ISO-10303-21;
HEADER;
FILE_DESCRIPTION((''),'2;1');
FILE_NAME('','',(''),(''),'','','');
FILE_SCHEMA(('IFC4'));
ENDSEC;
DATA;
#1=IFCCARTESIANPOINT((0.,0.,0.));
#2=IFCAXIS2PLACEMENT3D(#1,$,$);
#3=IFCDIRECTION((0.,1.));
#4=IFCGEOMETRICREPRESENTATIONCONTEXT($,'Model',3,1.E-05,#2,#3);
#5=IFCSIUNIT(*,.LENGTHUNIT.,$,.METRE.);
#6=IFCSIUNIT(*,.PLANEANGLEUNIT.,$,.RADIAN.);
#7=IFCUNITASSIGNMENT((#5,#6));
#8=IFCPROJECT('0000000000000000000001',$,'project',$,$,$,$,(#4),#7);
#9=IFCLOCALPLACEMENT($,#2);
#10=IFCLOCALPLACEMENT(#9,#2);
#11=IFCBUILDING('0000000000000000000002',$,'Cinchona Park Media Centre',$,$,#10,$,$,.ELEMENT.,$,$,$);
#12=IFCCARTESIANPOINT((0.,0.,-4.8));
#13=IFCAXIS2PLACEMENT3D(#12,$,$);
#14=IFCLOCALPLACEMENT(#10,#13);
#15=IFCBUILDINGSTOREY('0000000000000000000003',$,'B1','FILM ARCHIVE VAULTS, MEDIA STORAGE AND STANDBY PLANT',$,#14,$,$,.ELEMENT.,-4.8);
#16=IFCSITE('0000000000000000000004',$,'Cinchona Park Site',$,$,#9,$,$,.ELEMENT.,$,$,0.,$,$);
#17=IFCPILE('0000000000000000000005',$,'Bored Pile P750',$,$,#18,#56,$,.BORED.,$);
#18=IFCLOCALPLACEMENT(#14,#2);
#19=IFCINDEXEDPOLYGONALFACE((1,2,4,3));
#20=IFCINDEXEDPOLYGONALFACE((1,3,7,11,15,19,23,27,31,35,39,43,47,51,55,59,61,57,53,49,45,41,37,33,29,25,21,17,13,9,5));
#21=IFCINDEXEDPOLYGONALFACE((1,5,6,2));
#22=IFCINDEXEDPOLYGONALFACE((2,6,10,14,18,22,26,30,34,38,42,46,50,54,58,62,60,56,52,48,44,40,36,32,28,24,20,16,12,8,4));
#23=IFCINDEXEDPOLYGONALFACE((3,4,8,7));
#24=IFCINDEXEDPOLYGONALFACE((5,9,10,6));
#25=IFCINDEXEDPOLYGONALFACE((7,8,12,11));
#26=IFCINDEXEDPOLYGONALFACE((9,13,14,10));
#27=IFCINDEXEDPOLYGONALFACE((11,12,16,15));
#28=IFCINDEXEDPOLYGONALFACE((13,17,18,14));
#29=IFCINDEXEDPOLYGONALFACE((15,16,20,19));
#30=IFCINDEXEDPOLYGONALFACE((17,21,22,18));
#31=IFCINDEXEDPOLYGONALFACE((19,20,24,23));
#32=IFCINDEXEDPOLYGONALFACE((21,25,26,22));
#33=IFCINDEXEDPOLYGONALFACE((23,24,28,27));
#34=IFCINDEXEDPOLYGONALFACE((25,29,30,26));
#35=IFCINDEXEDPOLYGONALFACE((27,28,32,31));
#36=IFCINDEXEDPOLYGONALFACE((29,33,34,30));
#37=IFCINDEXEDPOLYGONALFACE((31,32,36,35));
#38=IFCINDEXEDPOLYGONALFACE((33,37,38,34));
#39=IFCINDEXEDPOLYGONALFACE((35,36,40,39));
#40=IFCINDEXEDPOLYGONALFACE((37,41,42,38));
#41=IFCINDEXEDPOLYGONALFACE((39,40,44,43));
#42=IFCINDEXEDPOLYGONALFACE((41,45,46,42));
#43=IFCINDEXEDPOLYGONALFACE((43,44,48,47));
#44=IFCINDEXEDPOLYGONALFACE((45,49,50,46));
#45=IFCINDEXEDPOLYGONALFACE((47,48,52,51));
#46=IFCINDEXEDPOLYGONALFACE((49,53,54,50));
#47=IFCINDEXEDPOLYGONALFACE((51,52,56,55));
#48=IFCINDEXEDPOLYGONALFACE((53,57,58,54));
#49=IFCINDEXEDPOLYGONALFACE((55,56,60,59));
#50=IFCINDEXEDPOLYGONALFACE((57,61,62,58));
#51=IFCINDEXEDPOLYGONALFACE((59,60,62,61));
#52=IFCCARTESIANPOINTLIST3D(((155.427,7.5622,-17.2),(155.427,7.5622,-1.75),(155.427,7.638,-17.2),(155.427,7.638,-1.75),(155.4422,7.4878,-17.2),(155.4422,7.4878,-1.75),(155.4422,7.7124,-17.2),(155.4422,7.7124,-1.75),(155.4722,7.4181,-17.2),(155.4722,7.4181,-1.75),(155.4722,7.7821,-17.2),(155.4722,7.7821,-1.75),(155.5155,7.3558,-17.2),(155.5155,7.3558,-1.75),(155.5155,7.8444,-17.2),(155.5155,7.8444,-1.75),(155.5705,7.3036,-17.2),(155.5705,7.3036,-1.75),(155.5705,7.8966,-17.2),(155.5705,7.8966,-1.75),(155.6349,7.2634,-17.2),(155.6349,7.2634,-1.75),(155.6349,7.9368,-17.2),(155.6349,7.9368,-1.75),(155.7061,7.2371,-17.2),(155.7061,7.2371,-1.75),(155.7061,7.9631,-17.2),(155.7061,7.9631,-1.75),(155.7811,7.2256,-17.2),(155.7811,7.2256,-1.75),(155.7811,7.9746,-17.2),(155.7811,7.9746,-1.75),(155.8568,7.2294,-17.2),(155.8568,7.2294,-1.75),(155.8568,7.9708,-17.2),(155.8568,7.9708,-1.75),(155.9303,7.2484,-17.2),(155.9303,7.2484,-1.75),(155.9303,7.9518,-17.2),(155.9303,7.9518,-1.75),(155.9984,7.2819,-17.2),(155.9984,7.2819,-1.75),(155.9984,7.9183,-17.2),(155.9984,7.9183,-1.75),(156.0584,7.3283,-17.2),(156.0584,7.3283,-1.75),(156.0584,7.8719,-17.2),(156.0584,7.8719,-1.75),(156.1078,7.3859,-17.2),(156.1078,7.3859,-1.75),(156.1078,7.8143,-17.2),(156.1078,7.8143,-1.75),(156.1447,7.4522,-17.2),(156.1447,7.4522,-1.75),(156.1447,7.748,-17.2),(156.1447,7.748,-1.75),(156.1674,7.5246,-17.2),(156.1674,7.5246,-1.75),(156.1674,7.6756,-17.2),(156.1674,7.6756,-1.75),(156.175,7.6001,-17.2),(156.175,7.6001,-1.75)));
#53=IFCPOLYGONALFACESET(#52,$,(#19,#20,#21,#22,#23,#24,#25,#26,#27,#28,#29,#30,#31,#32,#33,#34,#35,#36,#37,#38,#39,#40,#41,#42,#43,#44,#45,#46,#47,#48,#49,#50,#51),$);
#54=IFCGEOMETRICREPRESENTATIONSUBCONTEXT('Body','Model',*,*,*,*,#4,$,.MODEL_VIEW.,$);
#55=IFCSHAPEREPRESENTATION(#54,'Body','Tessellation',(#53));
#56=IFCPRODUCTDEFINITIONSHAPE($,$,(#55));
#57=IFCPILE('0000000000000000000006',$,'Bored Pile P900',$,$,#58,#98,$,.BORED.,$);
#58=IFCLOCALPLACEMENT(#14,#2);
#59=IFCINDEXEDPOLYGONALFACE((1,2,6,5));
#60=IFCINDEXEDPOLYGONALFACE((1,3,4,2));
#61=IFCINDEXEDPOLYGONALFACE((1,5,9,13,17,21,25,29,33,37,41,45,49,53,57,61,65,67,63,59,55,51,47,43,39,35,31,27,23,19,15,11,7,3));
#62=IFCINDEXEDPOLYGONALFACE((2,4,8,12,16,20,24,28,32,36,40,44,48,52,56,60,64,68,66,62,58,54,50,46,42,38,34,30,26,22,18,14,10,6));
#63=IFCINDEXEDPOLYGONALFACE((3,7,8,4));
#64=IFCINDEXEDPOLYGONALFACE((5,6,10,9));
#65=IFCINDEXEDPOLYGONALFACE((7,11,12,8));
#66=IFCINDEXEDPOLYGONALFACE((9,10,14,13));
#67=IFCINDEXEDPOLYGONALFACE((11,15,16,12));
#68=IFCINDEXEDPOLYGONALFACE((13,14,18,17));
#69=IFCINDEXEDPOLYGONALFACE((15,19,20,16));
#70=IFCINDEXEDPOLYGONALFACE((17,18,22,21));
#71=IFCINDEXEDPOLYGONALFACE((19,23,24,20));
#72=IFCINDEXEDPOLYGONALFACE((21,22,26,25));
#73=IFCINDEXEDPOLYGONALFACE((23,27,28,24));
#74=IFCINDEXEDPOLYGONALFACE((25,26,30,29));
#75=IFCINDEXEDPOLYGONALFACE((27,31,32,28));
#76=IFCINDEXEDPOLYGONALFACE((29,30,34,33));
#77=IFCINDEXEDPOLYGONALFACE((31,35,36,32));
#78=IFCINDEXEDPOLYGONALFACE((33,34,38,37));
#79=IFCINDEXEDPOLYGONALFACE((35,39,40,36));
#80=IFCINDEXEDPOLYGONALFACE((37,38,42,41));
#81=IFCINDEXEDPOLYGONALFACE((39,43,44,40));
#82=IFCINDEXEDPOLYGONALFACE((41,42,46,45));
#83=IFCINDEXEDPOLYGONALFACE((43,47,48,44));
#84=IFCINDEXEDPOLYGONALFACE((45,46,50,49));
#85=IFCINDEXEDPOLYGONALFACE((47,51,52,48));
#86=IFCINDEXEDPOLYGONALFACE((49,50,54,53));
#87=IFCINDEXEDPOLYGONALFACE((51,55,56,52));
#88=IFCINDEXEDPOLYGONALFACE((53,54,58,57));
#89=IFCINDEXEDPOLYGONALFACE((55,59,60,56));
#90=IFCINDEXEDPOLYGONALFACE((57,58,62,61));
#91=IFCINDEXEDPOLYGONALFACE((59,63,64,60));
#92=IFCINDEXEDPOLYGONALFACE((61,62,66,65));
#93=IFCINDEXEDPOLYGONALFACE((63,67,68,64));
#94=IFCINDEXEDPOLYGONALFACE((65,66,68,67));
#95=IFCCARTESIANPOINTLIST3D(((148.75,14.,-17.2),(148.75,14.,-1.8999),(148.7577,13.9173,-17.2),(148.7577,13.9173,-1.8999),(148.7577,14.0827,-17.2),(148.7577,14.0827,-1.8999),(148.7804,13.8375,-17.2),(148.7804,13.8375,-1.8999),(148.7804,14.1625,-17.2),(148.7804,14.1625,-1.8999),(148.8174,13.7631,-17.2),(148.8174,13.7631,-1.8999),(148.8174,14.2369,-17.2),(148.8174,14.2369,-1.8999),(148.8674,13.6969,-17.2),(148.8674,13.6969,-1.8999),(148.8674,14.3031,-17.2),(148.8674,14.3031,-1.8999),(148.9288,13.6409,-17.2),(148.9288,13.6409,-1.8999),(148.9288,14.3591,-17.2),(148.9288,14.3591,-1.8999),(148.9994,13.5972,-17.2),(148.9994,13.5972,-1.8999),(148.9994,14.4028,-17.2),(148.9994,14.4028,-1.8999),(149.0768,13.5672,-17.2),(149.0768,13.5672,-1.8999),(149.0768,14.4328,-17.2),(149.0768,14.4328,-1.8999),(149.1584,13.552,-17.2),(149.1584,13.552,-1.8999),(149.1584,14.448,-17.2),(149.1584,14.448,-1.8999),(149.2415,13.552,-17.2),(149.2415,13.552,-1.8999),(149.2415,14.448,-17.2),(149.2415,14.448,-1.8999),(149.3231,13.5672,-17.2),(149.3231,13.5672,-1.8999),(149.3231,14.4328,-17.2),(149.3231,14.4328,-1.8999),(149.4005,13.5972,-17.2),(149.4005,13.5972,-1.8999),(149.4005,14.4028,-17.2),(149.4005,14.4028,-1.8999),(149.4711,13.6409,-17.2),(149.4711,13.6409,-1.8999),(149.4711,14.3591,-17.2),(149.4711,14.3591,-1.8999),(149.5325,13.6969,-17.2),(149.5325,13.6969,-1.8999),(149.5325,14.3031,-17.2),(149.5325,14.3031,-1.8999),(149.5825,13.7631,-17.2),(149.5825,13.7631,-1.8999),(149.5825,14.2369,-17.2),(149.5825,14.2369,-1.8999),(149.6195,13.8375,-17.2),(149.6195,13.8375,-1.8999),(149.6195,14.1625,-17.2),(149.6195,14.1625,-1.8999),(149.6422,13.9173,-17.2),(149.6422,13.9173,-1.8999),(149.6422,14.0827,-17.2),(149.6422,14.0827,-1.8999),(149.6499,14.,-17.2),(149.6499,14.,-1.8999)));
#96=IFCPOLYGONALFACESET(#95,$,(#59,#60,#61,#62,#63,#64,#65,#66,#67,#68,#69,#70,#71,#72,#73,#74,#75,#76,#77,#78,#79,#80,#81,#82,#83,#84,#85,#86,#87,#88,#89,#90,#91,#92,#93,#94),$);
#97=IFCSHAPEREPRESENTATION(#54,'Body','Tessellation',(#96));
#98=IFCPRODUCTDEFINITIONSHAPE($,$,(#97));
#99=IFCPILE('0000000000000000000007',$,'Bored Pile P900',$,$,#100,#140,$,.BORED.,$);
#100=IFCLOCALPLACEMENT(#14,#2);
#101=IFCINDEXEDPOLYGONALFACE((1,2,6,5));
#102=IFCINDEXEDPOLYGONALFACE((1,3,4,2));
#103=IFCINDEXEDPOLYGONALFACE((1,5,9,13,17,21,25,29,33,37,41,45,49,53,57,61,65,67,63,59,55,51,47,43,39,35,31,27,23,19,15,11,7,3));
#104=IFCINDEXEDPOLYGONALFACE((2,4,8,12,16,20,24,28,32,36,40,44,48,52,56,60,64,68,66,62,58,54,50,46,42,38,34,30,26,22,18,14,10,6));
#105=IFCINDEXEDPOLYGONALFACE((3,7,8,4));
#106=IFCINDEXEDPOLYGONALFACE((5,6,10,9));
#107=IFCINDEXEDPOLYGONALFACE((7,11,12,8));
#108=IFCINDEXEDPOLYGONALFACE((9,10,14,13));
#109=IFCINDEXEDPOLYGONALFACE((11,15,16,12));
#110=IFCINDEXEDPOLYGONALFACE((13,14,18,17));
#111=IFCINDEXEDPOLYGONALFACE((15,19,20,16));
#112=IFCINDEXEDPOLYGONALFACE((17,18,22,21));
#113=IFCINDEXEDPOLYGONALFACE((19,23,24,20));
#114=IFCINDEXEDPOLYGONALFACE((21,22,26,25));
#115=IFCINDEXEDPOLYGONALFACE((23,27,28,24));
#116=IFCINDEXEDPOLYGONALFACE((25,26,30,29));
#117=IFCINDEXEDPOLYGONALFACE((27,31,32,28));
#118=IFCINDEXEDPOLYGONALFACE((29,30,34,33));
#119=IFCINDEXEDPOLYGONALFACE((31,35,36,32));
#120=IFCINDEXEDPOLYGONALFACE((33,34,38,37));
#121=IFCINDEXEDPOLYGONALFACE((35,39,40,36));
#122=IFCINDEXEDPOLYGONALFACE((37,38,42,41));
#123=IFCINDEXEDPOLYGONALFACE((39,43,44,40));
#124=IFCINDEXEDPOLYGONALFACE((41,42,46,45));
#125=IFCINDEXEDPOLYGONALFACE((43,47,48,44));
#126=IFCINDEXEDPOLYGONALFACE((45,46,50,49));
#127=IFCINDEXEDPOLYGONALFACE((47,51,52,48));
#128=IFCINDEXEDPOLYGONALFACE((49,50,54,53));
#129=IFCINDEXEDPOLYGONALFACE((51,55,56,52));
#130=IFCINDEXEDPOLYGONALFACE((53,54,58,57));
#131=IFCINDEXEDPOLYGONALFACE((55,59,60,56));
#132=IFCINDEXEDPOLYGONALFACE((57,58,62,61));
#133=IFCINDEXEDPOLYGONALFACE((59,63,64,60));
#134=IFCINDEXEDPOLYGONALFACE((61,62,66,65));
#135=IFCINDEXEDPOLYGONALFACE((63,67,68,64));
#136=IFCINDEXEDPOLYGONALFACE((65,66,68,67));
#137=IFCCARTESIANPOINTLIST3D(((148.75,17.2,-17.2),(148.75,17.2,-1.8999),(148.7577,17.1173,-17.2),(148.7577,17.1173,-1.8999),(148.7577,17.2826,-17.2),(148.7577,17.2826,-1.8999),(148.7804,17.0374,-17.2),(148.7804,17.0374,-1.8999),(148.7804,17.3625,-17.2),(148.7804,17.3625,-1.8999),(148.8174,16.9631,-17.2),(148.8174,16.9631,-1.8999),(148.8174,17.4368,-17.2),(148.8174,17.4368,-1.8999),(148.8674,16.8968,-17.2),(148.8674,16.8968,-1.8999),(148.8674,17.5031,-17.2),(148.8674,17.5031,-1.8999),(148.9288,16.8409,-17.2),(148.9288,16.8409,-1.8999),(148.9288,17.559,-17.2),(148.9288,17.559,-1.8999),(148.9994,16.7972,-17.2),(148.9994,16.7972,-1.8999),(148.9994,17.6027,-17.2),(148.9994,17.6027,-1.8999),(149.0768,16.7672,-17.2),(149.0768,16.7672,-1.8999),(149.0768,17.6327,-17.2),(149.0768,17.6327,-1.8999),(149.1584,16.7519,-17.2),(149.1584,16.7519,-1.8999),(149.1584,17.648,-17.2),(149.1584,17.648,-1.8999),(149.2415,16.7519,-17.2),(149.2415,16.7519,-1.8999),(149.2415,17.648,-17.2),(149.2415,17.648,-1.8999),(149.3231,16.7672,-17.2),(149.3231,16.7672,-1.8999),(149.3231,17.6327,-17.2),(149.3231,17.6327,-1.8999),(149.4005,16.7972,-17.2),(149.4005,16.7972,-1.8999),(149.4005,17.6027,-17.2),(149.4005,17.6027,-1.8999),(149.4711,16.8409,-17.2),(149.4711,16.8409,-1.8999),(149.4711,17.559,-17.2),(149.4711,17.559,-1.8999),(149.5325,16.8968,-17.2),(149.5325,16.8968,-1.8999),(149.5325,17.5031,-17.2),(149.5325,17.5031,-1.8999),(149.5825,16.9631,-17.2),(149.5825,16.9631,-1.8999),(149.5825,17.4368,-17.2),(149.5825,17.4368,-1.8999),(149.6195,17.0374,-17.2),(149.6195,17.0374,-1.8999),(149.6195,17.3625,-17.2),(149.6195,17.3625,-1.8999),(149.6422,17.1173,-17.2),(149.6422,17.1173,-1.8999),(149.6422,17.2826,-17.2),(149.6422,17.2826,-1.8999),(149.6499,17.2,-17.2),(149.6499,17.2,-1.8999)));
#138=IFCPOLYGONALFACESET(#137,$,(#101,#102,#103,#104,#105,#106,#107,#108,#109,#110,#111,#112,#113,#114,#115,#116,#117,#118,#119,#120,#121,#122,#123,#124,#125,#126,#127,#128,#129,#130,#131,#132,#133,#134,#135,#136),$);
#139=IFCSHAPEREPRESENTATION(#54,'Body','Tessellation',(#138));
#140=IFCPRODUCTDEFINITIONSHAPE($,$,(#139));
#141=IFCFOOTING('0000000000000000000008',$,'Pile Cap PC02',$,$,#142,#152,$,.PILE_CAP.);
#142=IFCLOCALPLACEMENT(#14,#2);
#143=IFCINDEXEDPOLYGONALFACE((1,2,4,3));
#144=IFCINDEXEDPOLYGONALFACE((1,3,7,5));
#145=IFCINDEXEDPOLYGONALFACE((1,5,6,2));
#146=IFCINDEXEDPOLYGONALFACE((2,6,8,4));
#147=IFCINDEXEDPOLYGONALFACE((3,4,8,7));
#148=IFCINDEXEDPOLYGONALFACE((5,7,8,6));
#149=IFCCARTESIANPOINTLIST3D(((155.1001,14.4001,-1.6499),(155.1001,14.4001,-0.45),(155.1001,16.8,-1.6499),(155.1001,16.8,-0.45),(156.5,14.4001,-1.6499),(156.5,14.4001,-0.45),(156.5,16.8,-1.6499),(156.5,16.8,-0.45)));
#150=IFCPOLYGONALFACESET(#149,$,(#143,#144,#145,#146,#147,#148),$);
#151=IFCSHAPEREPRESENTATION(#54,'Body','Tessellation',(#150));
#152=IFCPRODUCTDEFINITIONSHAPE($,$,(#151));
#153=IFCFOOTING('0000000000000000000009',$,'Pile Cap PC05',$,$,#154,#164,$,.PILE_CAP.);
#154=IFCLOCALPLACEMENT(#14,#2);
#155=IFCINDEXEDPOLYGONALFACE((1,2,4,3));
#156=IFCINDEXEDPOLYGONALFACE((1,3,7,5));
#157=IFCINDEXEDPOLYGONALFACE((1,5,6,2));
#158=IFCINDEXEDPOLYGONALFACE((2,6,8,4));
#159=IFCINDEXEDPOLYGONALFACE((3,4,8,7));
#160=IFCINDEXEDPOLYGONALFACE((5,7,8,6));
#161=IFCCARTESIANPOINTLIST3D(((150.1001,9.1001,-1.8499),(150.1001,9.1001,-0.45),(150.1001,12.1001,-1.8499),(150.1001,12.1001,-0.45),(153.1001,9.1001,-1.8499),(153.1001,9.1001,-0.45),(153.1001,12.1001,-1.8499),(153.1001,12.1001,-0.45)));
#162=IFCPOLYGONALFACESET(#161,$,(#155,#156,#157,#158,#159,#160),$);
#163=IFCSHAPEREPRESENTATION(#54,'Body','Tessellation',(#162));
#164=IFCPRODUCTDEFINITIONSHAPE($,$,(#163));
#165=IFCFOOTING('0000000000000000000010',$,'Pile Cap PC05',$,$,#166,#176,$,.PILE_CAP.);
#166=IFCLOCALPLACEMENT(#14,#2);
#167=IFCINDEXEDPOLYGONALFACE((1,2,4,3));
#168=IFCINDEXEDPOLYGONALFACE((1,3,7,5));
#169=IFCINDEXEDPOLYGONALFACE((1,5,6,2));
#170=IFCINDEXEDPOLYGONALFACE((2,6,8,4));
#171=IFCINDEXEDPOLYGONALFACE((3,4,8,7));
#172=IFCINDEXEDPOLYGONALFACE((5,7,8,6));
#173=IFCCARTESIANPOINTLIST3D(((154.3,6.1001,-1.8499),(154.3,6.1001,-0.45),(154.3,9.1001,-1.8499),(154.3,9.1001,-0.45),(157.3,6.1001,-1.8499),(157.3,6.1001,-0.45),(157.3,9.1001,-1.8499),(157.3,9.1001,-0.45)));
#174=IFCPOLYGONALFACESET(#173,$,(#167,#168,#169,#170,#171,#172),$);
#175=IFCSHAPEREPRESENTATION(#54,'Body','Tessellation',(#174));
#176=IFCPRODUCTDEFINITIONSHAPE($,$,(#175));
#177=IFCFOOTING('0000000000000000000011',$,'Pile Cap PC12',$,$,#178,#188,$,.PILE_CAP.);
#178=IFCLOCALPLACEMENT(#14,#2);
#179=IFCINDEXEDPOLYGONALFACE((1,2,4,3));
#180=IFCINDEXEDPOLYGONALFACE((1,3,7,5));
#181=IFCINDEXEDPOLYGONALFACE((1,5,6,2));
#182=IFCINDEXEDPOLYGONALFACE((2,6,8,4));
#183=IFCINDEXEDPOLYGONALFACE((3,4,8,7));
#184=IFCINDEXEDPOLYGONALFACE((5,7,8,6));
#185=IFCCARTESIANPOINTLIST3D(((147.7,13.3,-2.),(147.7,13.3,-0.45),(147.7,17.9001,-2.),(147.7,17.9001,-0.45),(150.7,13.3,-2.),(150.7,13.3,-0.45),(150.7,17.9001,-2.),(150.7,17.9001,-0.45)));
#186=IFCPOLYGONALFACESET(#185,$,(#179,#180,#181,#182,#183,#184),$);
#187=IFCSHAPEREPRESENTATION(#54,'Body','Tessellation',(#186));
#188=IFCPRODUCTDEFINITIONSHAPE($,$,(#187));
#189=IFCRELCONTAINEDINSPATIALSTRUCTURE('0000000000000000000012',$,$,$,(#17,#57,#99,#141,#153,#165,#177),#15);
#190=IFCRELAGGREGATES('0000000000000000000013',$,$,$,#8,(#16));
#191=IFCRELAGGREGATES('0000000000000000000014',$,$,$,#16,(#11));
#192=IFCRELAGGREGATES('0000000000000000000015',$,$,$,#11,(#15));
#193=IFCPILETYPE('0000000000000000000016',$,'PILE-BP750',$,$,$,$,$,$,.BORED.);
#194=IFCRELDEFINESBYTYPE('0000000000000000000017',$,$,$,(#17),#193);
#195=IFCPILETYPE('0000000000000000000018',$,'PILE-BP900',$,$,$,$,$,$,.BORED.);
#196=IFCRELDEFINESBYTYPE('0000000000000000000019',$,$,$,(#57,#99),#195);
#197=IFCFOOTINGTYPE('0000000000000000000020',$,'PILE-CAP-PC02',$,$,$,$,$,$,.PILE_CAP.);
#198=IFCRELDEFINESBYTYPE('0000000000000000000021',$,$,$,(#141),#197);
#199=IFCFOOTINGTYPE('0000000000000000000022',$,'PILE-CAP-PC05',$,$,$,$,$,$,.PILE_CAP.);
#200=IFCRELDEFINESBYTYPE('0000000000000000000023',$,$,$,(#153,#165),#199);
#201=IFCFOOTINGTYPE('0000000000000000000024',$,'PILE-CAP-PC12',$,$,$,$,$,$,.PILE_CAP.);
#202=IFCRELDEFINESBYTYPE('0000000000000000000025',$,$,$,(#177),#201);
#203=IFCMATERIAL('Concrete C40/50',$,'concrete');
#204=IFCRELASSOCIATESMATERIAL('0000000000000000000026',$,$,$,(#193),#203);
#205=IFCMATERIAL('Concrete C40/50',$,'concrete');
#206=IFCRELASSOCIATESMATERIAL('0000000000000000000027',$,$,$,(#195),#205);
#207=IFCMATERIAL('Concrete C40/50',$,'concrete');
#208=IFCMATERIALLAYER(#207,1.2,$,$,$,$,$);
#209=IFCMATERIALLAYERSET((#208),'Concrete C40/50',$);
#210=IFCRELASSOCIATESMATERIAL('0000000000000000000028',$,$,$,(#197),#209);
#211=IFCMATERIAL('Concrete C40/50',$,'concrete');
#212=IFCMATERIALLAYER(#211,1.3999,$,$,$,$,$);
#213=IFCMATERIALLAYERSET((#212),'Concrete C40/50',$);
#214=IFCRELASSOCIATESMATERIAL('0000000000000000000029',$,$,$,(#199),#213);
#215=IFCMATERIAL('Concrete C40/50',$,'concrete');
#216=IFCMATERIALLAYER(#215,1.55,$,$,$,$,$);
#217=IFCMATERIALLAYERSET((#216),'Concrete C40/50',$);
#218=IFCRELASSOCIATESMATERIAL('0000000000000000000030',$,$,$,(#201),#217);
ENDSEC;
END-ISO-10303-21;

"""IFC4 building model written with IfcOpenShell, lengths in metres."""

from ifc_helpers import new_model, si_unit, direction, frame, origin, origin_2d, place, context, subcontext, project, spatial, rectangle, circle, extrude, material, layer, layer_set, material_profile, profile_set, type_object, element, save


model = new_model("IFC4")

# Units and contexts
model_context = context("Model", 3, precision=1e-05, world=origin(), true_north=direction((0.0, 1.0)))
body_context = subcontext(model_context, "Body", "Model", "MODEL_VIEW")
ifc_project = project(units=[si_unit("LENGTHUNIT", "METRE"), si_unit("PLANEANGLEUNIT", "RADIAN")], contexts=[model_context])

# Site, building, storey
site_placement = place(None, origin())
site = spatial("IfcSite", under=ifc_project, at=site_placement, Name="Cinchona Park Site", CompositionType="ELEMENT", RefElevation=0.0)
building_placement = place(site_placement, origin())
building = spatial("IfcBuilding", under=site, at=building_placement, Name="Cinchona Park Media Centre", CompositionType="ELEMENT")
storey_placement = place(building_placement, frame((0.0, 0.0, -4.8)))
storey = spatial("IfcBuildingStorey", under=building, at=storey_placement, Name="B1", Description="FILM ARCHIVE VAULTS, MEDIA STORAGE AND STANDBY PLANT", CompositionType="ELEMENT", Elevation=-4.8)

# Piles
ifc_material_1 = material(Name="Concrete C40/50", Category="concrete")
ifc_material_profile_1 = material_profile(ifc_material_1, circle(Radius=0.375, at=origin_2d()), Name="BORED PILE 750")
ifc_profile_set_1 = profile_set([ifc_material_profile_1], Name="Concrete C40/50")
pile_type_1 = type_object("IfcPileType", Name="PILE-BP750", PredefinedType="BORED", material=ifc_profile_set_1)
for number, where, z_axis, x_axis, name in (
    (1, (155.8, 7.6001, -1.75), (0.0, 0.0, -1.0), (1.0, 0.0, 0.0), "Bored Pile P750"),
):
    element("IfcPile", number, at=place(storey_placement, frame(where, z_axis=z_axis, x_axis=x_axis)), inside=storey, type_object=pile_type_1, Name=name, PredefinedType="BORED", context=body_context, shape_type="SweptSolid", body=[
        extrude(circle(Radius=0.375, at=origin_2d()), origin(), (0.0, 0.0, 1.0), 15.45),
    ])
ifc_material_2 = material(Name="Concrete C40/50", Category="concrete")
ifc_material_profile_2 = material_profile(ifc_material_2, circle(Radius=0.45, at=origin_2d()), Name="BORED PILE 900")
ifc_profile_set_2 = profile_set([ifc_material_profile_2], Name="Concrete C40/50")
pile_type_2 = type_object("IfcPileType", Name="PILE-BP900", PredefinedType="BORED", material=ifc_profile_set_2)
for number, where, z_axis, x_axis, name in (
    (2, (149.2, 14.0, -1.8999), (0.0, 0.0, -1.0), (1.0, 0.0, 0.0), "Bored Pile P900"),
    (3, (149.2, 17.2, -1.8999), (0.0, 0.0, -1.0), (1.0, 0.0, 0.0), "Bored Pile P900"),
):
    element("IfcPile", number, at=place(storey_placement, frame(where, z_axis=z_axis, x_axis=x_axis)), inside=storey, type_object=pile_type_2, Name=name, PredefinedType="BORED", context=body_context, shape_type="SweptSolid", body=[
        extrude(circle(Radius=0.45, at=origin_2d()), origin(), (0.0, 0.0, 1.0), 15.3),
    ])

# Footings
ifc_material_3 = material(Name="Concrete C40/50", Category="concrete")
ifc_layer_1 = layer(ifc_material_3, 1.2)
ifc_layer_set_1 = layer_set([ifc_layer_1], Name="Concrete C40/50")
footing_type_1 = type_object("IfcFootingType", Name="PILE-CAP-PC02", PredefinedType="PILE_CAP", material=ifc_layer_set_1)
footing_1_placement = place(storey_placement, frame((155.8, 15.6001, -1.6499), z_axis=(0.0, 0.0, 1.0), x_axis=(1.0, 0.0, 0.0)))
element("IfcFooting", 4, at=footing_1_placement, inside=storey, type_object=footing_type_1, Name="Pile Cap PC02", PredefinedType="PILE_CAP", context=body_context, shape_type="SweptSolid", body=[
    extrude(rectangle(XDim=1.3999, YDim=2.3999, at=origin_2d()), origin(), (0.0, 0.0, 1.0), 1.2),
])
ifc_material_4 = material(Name="Concrete C40/50", Category="concrete")
ifc_layer_2 = layer(ifc_material_4, 1.3999)
ifc_layer_set_2 = layer_set([ifc_layer_2], Name="Concrete C40/50")
footing_type_2 = type_object("IfcFootingType", Name="PILE-CAP-PC05", PredefinedType="PILE_CAP", material=ifc_layer_set_2)
for number, where, z_axis, x_axis, name in (
    (5, (151.6001, 10.6001, -1.8499), (0.0, 0.0, 1.0), (1.0, 0.0, 0.0), "Pile Cap PC05"),
    (6, (155.8, 7.6001, -1.8499), (0.0, 0.0, 1.0), (1.0, 0.0, 0.0), "Pile Cap PC05"),
):
    element("IfcFooting", number, at=place(storey_placement, frame(where, z_axis=z_axis, x_axis=x_axis)), inside=storey, type_object=footing_type_2, Name=name, PredefinedType="PILE_CAP", context=body_context, shape_type="SweptSolid", body=[
        extrude(rectangle(XDim=3.0, YDim=3.0, at=origin_2d()), origin(), (0.0, 0.0, 1.0), 1.3999),
    ])
ifc_material_5 = material(Name="Concrete C40/50", Category="concrete")
ifc_layer_3 = layer(ifc_material_5, 1.55)
ifc_layer_set_3 = layer_set([ifc_layer_3], Name="Concrete C40/50")
footing_type_3 = type_object("IfcFootingType", Name="PILE-CAP-PC12", PredefinedType="PILE_CAP", material=ifc_layer_set_3)
footing_2_placement = place(storey_placement, frame((149.2, 15.6001, -2.0), z_axis=(0.0, 0.0, 1.0), x_axis=(1.0, 0.0, 0.0)))
element("IfcFooting", 7, at=footing_2_placement, inside=storey, type_object=footing_type_3, Name="Pile Cap PC12", PredefinedType="PILE_CAP", context=body_context, shape_type="SweptSolid", body=[
    extrude(rectangle(XDim=3.0, YDim=4.6001, at=origin_2d()), origin(), (0.0, 0.0, 1.0), 1.55),
])

save(model, "model.ifc")
